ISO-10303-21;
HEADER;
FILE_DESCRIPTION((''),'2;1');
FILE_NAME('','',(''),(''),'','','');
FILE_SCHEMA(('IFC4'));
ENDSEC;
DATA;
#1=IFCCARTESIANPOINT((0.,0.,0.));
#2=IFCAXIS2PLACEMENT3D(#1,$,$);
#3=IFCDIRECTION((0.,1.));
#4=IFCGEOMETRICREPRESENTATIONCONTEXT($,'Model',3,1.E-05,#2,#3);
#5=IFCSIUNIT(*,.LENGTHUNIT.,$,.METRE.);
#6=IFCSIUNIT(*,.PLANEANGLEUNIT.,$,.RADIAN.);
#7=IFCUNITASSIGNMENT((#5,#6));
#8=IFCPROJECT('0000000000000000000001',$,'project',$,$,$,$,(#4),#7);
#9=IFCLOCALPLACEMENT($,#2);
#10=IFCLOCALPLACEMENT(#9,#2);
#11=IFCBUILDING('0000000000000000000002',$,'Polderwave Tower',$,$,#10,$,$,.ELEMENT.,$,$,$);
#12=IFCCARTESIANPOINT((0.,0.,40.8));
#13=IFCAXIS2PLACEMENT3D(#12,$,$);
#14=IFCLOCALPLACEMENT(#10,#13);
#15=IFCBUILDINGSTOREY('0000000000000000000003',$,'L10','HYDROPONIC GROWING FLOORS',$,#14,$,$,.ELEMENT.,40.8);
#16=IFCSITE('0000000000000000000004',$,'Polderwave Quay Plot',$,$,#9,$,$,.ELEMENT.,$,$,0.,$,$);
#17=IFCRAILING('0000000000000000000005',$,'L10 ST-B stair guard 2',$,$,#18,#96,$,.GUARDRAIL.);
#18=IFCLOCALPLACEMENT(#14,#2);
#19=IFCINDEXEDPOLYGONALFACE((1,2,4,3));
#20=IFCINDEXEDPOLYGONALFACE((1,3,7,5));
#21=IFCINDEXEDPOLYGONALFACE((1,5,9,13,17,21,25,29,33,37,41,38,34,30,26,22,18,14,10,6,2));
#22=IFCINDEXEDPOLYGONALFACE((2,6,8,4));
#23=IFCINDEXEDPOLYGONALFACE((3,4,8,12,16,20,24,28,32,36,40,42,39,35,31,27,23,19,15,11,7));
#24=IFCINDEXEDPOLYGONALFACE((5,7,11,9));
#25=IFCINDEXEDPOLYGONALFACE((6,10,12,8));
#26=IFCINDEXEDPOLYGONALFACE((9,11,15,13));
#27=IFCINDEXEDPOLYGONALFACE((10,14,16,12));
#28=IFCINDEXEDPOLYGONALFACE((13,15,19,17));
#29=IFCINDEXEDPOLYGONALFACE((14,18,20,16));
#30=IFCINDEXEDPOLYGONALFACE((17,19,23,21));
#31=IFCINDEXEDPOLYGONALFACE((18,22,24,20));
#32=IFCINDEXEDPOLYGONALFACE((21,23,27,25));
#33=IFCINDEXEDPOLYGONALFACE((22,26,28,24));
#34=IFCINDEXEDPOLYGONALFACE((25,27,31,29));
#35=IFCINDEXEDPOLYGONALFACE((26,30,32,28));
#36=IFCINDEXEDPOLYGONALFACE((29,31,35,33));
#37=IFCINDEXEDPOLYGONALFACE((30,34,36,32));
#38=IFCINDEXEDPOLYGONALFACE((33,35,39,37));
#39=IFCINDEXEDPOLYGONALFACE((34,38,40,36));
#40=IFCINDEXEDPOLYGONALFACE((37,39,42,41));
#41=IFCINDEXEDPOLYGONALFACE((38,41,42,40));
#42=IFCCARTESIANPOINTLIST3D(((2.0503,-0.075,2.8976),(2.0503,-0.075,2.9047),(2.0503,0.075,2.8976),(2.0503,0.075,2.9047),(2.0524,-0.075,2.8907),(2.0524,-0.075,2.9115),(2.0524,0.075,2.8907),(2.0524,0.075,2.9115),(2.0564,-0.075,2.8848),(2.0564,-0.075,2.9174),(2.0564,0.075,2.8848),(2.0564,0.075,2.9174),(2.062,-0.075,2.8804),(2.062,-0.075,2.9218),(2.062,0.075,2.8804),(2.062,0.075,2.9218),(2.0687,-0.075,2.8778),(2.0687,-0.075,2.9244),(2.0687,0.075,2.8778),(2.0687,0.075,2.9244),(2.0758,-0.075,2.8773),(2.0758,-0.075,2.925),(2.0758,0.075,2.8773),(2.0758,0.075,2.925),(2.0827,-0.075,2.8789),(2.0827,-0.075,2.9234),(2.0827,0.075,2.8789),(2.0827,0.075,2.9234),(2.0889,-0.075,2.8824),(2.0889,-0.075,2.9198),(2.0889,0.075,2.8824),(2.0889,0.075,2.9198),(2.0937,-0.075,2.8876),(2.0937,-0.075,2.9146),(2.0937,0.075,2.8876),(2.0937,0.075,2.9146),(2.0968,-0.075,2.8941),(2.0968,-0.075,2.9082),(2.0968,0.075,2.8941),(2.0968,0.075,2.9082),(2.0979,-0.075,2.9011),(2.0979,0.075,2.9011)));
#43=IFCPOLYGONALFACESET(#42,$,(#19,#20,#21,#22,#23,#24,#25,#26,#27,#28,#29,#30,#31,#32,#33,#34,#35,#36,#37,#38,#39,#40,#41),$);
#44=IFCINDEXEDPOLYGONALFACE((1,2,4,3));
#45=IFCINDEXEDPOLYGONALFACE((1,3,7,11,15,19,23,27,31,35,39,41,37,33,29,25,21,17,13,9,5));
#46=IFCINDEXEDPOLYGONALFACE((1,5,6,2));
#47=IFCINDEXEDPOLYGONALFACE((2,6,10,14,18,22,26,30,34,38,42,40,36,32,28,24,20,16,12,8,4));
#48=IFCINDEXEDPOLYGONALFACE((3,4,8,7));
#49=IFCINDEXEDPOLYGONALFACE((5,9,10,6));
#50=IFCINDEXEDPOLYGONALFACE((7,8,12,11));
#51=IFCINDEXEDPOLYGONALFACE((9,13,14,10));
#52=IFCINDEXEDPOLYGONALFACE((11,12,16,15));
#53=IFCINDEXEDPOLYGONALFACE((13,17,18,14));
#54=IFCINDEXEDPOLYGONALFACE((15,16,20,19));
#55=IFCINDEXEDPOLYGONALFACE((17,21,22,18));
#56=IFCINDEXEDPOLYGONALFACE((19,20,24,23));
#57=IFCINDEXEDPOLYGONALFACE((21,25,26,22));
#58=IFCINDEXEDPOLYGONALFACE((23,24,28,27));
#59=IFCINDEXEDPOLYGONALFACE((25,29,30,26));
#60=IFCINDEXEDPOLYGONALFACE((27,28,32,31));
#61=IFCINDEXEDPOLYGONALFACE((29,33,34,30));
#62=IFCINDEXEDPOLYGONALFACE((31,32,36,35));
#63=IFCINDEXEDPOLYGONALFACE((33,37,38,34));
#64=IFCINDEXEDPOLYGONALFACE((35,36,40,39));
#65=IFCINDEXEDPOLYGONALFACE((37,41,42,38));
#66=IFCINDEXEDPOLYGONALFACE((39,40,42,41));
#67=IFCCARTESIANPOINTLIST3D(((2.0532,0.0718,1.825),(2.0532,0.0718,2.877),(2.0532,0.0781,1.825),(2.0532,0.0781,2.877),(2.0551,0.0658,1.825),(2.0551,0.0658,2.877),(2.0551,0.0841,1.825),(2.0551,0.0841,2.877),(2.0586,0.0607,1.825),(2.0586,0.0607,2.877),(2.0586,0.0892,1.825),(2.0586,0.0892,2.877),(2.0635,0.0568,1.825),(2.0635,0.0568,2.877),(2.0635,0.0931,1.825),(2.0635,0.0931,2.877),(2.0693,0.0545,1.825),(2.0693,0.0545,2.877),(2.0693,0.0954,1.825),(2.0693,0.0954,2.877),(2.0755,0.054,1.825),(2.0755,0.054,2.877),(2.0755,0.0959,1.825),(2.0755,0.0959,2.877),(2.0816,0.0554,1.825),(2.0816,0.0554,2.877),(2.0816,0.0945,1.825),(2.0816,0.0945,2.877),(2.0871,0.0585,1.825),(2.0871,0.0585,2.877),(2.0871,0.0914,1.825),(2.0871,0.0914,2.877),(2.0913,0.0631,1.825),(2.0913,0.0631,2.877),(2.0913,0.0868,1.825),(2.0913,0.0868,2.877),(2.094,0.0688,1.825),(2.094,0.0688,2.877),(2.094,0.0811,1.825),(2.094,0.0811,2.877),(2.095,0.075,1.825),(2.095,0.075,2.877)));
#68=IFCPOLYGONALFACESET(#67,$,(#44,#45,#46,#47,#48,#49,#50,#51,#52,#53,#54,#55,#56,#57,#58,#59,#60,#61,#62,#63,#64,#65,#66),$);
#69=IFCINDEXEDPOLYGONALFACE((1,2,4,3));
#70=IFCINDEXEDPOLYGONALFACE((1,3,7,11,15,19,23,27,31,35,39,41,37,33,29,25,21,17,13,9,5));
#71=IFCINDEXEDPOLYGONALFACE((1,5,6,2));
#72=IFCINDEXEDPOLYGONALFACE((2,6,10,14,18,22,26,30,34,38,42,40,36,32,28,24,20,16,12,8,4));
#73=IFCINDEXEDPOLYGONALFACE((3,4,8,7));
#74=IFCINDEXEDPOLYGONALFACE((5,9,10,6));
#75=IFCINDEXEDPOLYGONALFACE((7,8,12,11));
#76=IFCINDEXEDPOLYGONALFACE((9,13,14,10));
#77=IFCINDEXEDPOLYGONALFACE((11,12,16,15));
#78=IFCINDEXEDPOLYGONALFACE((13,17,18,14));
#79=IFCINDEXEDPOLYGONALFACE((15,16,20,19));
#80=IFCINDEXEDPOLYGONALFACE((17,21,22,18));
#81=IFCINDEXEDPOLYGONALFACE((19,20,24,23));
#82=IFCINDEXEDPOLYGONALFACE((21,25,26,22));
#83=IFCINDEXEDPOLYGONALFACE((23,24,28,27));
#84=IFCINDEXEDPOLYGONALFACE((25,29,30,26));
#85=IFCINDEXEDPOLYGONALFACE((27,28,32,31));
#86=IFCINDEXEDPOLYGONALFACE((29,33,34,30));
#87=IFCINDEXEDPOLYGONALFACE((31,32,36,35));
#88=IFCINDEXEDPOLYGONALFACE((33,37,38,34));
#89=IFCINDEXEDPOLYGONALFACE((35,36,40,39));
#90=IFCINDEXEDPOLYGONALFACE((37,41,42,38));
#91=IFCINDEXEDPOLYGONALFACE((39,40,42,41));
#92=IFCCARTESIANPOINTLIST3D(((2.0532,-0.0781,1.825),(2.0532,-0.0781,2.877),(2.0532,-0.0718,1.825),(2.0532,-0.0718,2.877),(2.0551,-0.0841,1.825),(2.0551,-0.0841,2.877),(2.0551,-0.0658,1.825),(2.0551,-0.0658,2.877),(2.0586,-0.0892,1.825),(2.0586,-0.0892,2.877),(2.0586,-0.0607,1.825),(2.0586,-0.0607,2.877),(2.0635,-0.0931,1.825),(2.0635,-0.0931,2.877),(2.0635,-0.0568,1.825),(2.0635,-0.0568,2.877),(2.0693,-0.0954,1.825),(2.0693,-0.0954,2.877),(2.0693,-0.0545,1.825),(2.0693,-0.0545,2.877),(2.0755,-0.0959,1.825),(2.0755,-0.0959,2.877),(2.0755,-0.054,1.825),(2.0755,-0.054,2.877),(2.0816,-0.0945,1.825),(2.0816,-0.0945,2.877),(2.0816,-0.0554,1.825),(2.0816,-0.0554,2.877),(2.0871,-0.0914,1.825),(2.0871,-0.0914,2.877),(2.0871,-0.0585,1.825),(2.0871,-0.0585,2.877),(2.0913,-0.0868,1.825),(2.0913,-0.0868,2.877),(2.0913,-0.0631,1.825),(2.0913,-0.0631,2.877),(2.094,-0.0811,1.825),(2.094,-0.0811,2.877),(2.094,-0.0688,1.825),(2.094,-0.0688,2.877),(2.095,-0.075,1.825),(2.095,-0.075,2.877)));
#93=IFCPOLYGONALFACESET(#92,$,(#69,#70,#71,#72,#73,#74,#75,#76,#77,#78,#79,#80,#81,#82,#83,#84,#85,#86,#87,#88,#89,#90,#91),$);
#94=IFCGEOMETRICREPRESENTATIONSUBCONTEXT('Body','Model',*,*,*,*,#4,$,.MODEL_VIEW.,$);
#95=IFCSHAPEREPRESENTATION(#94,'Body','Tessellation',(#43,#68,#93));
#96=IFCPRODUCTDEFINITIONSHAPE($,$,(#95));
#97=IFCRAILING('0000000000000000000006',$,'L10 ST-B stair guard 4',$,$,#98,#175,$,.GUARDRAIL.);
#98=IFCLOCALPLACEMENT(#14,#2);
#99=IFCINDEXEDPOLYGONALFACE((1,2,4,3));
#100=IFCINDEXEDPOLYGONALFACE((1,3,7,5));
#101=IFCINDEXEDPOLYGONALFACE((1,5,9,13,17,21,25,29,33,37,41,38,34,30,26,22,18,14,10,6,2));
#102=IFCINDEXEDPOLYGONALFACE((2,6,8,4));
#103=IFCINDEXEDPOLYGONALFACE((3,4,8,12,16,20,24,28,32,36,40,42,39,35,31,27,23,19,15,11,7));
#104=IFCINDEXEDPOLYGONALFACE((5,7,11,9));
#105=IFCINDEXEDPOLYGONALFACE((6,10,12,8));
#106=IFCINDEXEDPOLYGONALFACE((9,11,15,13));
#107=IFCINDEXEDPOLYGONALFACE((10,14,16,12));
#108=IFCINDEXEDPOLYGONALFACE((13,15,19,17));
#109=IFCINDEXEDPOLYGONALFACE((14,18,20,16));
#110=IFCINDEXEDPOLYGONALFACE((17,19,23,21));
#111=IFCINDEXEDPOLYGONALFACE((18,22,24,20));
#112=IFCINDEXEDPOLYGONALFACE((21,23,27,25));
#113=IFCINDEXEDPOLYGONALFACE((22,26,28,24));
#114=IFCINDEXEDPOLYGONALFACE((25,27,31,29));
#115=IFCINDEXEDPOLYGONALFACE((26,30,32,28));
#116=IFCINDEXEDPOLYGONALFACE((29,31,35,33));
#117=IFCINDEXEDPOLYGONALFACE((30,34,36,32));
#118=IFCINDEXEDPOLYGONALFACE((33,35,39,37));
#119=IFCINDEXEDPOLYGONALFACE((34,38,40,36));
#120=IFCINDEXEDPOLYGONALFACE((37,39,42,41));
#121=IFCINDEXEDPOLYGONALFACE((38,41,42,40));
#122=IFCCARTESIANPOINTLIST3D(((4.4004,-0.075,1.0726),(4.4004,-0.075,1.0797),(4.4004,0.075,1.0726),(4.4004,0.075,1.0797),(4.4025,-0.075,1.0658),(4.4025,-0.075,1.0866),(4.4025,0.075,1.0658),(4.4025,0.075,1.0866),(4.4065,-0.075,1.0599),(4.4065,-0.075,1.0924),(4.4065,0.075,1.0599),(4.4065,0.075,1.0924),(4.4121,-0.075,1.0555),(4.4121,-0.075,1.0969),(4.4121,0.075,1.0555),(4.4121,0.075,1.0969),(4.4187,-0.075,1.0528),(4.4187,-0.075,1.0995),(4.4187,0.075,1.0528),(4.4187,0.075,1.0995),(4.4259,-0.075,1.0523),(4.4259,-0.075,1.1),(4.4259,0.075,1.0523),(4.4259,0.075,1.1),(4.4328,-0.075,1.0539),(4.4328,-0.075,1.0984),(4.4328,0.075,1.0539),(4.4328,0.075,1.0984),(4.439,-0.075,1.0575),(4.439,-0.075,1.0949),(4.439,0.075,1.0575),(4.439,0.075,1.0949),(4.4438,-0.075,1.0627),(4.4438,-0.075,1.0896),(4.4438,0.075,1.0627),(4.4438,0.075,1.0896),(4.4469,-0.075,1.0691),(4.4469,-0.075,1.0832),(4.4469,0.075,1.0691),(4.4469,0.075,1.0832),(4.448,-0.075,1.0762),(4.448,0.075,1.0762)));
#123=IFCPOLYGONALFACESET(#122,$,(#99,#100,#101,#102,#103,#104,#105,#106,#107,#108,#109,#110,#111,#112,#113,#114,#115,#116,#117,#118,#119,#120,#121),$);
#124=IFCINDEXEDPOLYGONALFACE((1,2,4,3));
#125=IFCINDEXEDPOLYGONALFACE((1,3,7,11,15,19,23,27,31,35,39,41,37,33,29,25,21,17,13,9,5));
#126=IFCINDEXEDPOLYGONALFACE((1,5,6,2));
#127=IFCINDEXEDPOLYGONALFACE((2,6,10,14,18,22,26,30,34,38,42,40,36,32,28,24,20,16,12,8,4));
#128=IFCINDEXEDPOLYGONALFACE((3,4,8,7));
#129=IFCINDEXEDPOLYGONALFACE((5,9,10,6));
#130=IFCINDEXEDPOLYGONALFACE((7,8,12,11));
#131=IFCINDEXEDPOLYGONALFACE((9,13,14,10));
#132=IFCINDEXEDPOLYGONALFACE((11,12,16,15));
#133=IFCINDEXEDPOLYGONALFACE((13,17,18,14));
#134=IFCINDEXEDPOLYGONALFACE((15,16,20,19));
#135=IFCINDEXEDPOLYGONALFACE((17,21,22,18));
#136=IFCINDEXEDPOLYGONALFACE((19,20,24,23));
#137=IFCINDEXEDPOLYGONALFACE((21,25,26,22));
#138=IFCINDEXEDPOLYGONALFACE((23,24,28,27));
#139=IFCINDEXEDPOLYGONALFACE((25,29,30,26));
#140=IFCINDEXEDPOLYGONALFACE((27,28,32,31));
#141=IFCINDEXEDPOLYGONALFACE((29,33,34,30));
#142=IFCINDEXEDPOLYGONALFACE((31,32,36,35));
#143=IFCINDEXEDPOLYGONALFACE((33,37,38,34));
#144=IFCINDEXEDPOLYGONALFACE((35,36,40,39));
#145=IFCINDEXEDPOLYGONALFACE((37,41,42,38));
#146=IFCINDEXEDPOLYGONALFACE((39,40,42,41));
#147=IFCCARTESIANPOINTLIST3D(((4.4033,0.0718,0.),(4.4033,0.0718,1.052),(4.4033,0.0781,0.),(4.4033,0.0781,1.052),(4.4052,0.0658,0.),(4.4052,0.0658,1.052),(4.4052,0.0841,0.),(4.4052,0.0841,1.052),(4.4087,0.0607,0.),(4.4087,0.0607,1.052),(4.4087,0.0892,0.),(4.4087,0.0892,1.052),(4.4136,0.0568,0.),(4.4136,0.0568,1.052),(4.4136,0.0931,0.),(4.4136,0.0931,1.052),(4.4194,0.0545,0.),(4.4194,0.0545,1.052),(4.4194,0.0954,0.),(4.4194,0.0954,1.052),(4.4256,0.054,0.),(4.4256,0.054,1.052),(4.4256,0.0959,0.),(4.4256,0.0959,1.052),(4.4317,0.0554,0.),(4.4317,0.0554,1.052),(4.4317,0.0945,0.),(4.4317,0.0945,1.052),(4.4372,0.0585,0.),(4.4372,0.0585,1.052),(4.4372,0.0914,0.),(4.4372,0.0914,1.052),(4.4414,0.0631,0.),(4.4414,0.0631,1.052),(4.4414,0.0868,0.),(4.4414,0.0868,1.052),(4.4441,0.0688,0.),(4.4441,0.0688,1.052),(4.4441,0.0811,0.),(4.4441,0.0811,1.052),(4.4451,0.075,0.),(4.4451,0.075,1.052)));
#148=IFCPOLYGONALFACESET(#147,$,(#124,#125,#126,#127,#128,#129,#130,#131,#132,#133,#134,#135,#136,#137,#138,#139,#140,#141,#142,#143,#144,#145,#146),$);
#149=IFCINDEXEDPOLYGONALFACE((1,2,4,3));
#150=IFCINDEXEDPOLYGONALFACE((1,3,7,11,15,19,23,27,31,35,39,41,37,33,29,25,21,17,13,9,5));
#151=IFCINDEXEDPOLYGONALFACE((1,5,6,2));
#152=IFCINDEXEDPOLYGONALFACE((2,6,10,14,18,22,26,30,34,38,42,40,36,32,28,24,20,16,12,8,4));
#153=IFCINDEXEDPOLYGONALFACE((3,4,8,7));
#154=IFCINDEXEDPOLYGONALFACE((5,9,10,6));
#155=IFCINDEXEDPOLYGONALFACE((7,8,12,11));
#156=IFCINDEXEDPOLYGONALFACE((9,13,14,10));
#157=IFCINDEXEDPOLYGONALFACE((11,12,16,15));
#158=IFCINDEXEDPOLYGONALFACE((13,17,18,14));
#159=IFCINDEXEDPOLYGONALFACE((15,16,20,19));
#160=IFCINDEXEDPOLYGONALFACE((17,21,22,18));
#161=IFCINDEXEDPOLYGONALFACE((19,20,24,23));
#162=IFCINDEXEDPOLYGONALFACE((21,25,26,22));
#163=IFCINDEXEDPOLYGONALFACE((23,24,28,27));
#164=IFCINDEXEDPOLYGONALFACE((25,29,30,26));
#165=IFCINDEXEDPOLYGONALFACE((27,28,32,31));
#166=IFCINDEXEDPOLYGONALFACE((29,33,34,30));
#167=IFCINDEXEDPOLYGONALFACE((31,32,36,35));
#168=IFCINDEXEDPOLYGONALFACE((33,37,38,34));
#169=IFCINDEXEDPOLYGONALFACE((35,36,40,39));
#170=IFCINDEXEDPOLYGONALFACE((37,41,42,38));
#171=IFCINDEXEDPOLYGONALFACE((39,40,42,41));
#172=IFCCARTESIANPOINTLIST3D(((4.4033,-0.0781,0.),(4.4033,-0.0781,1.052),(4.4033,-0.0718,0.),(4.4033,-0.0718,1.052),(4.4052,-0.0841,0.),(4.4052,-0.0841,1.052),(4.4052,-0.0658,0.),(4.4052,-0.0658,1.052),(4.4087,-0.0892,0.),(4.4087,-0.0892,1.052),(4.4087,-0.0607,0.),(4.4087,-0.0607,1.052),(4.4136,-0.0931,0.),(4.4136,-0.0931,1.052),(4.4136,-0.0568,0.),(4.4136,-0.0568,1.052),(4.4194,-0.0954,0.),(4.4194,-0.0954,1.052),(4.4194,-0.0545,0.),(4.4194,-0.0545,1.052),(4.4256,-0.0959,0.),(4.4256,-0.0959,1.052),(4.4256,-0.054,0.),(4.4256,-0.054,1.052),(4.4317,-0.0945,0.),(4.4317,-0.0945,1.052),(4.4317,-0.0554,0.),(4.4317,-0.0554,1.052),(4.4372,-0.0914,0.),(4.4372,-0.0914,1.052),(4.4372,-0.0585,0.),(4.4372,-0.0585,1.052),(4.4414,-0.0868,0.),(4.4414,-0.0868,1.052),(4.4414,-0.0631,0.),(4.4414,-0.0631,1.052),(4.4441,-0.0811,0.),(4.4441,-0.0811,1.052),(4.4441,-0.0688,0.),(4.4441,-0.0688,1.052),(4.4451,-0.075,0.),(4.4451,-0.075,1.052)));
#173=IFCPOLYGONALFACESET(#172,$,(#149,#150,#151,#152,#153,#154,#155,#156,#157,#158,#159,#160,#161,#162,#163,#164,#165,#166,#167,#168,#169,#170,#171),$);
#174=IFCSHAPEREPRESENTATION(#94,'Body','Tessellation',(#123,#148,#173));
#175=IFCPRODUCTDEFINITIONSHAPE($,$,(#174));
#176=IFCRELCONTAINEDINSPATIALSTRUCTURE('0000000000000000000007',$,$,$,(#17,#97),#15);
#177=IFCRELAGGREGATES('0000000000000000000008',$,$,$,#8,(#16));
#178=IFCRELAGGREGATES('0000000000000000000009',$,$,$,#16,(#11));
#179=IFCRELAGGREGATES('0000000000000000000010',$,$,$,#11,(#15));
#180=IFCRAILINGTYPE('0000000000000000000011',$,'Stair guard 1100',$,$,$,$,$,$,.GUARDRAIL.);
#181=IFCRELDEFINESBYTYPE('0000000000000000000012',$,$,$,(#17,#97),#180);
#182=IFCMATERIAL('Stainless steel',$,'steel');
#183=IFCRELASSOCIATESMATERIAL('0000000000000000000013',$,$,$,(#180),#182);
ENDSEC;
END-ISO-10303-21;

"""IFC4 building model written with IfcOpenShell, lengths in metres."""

from ifc_helpers import new_model, si_unit, direction, frame, origin, origin_2d, place, context, subcontext, project, spatial, circle, extrude, material, type_object, element, save


model = new_model("IFC4")

# Units and contexts
model_context = context("Model", 3, precision=1e-05, world=origin(), true_north=direction((0.0, 1.0)))
body_context = subcontext(model_context, "Body", "Model", "MODEL_VIEW")
ifc_project = project(units=[si_unit("LENGTHUNIT", "METRE"), si_unit("PLANEANGLEUNIT", "RADIAN")], contexts=[model_context])

# Site, building, storey
site_placement = place(None, origin())
site = spatial("IfcSite", under=ifc_project, at=site_placement, Name="Polderwave Quay Plot", CompositionType="ELEMENT", RefElevation=0.0)
building_placement = place(site_placement, origin())
building = spatial("IfcBuilding", under=site, at=building_placement, Name="Polderwave Tower", CompositionType="ELEMENT")
storey_placement = place(building_placement, frame((0.0, 0.0, 40.8)))
storey = spatial("IfcBuildingStorey", under=building, at=storey_placement, Name="L10", Description="HYDROPONIC GROWING FLOORS", CompositionType="ELEMENT", Elevation=40.8)

# Railings
ifc_material_1 = material(Name="Stainless steel", Category="steel")
railing_type_1 = type_object("IfcRailingType", Name="Stair guard 1100", PredefinedType="GUARDRAIL", material=ifc_material_1)
for number, where, name in (
    (1, (2.074, 0.075, 1.825), "L10 ST-B stair guard 2"),
    (2, (4.4241, 0.075, 0.0), "L10 ST-B stair guard 4"),
):
    element("IfcRailing", number, at=place(storey_placement, frame(where)), inside=storey, type_object=railing_type_1, Name=name, PredefinedType="GUARDRAIL", context=body_context, shape_type="SweptSolid", body=[
        extrude(circle(Radius=0.0239, at=origin_2d()), frame((0.0, 0.0, 1.0762), z_axis=(0.0, -1.0, 0.0), x_axis=(1.0, 0.0, 0.0)), (0.0, 0.0, 1.0), 0.1499),
        extrude(circle(Radius=0.021, at=origin_2d()), origin(), (0.0, 0.0, 1.0), 1.052),
        extrude(circle(Radius=0.021, at=origin_2d()), frame((0.0, -0.1499, 0.0)), (0.0, 0.0, 1.0), 1.052),
    ])

save(model, "model.ifc")
